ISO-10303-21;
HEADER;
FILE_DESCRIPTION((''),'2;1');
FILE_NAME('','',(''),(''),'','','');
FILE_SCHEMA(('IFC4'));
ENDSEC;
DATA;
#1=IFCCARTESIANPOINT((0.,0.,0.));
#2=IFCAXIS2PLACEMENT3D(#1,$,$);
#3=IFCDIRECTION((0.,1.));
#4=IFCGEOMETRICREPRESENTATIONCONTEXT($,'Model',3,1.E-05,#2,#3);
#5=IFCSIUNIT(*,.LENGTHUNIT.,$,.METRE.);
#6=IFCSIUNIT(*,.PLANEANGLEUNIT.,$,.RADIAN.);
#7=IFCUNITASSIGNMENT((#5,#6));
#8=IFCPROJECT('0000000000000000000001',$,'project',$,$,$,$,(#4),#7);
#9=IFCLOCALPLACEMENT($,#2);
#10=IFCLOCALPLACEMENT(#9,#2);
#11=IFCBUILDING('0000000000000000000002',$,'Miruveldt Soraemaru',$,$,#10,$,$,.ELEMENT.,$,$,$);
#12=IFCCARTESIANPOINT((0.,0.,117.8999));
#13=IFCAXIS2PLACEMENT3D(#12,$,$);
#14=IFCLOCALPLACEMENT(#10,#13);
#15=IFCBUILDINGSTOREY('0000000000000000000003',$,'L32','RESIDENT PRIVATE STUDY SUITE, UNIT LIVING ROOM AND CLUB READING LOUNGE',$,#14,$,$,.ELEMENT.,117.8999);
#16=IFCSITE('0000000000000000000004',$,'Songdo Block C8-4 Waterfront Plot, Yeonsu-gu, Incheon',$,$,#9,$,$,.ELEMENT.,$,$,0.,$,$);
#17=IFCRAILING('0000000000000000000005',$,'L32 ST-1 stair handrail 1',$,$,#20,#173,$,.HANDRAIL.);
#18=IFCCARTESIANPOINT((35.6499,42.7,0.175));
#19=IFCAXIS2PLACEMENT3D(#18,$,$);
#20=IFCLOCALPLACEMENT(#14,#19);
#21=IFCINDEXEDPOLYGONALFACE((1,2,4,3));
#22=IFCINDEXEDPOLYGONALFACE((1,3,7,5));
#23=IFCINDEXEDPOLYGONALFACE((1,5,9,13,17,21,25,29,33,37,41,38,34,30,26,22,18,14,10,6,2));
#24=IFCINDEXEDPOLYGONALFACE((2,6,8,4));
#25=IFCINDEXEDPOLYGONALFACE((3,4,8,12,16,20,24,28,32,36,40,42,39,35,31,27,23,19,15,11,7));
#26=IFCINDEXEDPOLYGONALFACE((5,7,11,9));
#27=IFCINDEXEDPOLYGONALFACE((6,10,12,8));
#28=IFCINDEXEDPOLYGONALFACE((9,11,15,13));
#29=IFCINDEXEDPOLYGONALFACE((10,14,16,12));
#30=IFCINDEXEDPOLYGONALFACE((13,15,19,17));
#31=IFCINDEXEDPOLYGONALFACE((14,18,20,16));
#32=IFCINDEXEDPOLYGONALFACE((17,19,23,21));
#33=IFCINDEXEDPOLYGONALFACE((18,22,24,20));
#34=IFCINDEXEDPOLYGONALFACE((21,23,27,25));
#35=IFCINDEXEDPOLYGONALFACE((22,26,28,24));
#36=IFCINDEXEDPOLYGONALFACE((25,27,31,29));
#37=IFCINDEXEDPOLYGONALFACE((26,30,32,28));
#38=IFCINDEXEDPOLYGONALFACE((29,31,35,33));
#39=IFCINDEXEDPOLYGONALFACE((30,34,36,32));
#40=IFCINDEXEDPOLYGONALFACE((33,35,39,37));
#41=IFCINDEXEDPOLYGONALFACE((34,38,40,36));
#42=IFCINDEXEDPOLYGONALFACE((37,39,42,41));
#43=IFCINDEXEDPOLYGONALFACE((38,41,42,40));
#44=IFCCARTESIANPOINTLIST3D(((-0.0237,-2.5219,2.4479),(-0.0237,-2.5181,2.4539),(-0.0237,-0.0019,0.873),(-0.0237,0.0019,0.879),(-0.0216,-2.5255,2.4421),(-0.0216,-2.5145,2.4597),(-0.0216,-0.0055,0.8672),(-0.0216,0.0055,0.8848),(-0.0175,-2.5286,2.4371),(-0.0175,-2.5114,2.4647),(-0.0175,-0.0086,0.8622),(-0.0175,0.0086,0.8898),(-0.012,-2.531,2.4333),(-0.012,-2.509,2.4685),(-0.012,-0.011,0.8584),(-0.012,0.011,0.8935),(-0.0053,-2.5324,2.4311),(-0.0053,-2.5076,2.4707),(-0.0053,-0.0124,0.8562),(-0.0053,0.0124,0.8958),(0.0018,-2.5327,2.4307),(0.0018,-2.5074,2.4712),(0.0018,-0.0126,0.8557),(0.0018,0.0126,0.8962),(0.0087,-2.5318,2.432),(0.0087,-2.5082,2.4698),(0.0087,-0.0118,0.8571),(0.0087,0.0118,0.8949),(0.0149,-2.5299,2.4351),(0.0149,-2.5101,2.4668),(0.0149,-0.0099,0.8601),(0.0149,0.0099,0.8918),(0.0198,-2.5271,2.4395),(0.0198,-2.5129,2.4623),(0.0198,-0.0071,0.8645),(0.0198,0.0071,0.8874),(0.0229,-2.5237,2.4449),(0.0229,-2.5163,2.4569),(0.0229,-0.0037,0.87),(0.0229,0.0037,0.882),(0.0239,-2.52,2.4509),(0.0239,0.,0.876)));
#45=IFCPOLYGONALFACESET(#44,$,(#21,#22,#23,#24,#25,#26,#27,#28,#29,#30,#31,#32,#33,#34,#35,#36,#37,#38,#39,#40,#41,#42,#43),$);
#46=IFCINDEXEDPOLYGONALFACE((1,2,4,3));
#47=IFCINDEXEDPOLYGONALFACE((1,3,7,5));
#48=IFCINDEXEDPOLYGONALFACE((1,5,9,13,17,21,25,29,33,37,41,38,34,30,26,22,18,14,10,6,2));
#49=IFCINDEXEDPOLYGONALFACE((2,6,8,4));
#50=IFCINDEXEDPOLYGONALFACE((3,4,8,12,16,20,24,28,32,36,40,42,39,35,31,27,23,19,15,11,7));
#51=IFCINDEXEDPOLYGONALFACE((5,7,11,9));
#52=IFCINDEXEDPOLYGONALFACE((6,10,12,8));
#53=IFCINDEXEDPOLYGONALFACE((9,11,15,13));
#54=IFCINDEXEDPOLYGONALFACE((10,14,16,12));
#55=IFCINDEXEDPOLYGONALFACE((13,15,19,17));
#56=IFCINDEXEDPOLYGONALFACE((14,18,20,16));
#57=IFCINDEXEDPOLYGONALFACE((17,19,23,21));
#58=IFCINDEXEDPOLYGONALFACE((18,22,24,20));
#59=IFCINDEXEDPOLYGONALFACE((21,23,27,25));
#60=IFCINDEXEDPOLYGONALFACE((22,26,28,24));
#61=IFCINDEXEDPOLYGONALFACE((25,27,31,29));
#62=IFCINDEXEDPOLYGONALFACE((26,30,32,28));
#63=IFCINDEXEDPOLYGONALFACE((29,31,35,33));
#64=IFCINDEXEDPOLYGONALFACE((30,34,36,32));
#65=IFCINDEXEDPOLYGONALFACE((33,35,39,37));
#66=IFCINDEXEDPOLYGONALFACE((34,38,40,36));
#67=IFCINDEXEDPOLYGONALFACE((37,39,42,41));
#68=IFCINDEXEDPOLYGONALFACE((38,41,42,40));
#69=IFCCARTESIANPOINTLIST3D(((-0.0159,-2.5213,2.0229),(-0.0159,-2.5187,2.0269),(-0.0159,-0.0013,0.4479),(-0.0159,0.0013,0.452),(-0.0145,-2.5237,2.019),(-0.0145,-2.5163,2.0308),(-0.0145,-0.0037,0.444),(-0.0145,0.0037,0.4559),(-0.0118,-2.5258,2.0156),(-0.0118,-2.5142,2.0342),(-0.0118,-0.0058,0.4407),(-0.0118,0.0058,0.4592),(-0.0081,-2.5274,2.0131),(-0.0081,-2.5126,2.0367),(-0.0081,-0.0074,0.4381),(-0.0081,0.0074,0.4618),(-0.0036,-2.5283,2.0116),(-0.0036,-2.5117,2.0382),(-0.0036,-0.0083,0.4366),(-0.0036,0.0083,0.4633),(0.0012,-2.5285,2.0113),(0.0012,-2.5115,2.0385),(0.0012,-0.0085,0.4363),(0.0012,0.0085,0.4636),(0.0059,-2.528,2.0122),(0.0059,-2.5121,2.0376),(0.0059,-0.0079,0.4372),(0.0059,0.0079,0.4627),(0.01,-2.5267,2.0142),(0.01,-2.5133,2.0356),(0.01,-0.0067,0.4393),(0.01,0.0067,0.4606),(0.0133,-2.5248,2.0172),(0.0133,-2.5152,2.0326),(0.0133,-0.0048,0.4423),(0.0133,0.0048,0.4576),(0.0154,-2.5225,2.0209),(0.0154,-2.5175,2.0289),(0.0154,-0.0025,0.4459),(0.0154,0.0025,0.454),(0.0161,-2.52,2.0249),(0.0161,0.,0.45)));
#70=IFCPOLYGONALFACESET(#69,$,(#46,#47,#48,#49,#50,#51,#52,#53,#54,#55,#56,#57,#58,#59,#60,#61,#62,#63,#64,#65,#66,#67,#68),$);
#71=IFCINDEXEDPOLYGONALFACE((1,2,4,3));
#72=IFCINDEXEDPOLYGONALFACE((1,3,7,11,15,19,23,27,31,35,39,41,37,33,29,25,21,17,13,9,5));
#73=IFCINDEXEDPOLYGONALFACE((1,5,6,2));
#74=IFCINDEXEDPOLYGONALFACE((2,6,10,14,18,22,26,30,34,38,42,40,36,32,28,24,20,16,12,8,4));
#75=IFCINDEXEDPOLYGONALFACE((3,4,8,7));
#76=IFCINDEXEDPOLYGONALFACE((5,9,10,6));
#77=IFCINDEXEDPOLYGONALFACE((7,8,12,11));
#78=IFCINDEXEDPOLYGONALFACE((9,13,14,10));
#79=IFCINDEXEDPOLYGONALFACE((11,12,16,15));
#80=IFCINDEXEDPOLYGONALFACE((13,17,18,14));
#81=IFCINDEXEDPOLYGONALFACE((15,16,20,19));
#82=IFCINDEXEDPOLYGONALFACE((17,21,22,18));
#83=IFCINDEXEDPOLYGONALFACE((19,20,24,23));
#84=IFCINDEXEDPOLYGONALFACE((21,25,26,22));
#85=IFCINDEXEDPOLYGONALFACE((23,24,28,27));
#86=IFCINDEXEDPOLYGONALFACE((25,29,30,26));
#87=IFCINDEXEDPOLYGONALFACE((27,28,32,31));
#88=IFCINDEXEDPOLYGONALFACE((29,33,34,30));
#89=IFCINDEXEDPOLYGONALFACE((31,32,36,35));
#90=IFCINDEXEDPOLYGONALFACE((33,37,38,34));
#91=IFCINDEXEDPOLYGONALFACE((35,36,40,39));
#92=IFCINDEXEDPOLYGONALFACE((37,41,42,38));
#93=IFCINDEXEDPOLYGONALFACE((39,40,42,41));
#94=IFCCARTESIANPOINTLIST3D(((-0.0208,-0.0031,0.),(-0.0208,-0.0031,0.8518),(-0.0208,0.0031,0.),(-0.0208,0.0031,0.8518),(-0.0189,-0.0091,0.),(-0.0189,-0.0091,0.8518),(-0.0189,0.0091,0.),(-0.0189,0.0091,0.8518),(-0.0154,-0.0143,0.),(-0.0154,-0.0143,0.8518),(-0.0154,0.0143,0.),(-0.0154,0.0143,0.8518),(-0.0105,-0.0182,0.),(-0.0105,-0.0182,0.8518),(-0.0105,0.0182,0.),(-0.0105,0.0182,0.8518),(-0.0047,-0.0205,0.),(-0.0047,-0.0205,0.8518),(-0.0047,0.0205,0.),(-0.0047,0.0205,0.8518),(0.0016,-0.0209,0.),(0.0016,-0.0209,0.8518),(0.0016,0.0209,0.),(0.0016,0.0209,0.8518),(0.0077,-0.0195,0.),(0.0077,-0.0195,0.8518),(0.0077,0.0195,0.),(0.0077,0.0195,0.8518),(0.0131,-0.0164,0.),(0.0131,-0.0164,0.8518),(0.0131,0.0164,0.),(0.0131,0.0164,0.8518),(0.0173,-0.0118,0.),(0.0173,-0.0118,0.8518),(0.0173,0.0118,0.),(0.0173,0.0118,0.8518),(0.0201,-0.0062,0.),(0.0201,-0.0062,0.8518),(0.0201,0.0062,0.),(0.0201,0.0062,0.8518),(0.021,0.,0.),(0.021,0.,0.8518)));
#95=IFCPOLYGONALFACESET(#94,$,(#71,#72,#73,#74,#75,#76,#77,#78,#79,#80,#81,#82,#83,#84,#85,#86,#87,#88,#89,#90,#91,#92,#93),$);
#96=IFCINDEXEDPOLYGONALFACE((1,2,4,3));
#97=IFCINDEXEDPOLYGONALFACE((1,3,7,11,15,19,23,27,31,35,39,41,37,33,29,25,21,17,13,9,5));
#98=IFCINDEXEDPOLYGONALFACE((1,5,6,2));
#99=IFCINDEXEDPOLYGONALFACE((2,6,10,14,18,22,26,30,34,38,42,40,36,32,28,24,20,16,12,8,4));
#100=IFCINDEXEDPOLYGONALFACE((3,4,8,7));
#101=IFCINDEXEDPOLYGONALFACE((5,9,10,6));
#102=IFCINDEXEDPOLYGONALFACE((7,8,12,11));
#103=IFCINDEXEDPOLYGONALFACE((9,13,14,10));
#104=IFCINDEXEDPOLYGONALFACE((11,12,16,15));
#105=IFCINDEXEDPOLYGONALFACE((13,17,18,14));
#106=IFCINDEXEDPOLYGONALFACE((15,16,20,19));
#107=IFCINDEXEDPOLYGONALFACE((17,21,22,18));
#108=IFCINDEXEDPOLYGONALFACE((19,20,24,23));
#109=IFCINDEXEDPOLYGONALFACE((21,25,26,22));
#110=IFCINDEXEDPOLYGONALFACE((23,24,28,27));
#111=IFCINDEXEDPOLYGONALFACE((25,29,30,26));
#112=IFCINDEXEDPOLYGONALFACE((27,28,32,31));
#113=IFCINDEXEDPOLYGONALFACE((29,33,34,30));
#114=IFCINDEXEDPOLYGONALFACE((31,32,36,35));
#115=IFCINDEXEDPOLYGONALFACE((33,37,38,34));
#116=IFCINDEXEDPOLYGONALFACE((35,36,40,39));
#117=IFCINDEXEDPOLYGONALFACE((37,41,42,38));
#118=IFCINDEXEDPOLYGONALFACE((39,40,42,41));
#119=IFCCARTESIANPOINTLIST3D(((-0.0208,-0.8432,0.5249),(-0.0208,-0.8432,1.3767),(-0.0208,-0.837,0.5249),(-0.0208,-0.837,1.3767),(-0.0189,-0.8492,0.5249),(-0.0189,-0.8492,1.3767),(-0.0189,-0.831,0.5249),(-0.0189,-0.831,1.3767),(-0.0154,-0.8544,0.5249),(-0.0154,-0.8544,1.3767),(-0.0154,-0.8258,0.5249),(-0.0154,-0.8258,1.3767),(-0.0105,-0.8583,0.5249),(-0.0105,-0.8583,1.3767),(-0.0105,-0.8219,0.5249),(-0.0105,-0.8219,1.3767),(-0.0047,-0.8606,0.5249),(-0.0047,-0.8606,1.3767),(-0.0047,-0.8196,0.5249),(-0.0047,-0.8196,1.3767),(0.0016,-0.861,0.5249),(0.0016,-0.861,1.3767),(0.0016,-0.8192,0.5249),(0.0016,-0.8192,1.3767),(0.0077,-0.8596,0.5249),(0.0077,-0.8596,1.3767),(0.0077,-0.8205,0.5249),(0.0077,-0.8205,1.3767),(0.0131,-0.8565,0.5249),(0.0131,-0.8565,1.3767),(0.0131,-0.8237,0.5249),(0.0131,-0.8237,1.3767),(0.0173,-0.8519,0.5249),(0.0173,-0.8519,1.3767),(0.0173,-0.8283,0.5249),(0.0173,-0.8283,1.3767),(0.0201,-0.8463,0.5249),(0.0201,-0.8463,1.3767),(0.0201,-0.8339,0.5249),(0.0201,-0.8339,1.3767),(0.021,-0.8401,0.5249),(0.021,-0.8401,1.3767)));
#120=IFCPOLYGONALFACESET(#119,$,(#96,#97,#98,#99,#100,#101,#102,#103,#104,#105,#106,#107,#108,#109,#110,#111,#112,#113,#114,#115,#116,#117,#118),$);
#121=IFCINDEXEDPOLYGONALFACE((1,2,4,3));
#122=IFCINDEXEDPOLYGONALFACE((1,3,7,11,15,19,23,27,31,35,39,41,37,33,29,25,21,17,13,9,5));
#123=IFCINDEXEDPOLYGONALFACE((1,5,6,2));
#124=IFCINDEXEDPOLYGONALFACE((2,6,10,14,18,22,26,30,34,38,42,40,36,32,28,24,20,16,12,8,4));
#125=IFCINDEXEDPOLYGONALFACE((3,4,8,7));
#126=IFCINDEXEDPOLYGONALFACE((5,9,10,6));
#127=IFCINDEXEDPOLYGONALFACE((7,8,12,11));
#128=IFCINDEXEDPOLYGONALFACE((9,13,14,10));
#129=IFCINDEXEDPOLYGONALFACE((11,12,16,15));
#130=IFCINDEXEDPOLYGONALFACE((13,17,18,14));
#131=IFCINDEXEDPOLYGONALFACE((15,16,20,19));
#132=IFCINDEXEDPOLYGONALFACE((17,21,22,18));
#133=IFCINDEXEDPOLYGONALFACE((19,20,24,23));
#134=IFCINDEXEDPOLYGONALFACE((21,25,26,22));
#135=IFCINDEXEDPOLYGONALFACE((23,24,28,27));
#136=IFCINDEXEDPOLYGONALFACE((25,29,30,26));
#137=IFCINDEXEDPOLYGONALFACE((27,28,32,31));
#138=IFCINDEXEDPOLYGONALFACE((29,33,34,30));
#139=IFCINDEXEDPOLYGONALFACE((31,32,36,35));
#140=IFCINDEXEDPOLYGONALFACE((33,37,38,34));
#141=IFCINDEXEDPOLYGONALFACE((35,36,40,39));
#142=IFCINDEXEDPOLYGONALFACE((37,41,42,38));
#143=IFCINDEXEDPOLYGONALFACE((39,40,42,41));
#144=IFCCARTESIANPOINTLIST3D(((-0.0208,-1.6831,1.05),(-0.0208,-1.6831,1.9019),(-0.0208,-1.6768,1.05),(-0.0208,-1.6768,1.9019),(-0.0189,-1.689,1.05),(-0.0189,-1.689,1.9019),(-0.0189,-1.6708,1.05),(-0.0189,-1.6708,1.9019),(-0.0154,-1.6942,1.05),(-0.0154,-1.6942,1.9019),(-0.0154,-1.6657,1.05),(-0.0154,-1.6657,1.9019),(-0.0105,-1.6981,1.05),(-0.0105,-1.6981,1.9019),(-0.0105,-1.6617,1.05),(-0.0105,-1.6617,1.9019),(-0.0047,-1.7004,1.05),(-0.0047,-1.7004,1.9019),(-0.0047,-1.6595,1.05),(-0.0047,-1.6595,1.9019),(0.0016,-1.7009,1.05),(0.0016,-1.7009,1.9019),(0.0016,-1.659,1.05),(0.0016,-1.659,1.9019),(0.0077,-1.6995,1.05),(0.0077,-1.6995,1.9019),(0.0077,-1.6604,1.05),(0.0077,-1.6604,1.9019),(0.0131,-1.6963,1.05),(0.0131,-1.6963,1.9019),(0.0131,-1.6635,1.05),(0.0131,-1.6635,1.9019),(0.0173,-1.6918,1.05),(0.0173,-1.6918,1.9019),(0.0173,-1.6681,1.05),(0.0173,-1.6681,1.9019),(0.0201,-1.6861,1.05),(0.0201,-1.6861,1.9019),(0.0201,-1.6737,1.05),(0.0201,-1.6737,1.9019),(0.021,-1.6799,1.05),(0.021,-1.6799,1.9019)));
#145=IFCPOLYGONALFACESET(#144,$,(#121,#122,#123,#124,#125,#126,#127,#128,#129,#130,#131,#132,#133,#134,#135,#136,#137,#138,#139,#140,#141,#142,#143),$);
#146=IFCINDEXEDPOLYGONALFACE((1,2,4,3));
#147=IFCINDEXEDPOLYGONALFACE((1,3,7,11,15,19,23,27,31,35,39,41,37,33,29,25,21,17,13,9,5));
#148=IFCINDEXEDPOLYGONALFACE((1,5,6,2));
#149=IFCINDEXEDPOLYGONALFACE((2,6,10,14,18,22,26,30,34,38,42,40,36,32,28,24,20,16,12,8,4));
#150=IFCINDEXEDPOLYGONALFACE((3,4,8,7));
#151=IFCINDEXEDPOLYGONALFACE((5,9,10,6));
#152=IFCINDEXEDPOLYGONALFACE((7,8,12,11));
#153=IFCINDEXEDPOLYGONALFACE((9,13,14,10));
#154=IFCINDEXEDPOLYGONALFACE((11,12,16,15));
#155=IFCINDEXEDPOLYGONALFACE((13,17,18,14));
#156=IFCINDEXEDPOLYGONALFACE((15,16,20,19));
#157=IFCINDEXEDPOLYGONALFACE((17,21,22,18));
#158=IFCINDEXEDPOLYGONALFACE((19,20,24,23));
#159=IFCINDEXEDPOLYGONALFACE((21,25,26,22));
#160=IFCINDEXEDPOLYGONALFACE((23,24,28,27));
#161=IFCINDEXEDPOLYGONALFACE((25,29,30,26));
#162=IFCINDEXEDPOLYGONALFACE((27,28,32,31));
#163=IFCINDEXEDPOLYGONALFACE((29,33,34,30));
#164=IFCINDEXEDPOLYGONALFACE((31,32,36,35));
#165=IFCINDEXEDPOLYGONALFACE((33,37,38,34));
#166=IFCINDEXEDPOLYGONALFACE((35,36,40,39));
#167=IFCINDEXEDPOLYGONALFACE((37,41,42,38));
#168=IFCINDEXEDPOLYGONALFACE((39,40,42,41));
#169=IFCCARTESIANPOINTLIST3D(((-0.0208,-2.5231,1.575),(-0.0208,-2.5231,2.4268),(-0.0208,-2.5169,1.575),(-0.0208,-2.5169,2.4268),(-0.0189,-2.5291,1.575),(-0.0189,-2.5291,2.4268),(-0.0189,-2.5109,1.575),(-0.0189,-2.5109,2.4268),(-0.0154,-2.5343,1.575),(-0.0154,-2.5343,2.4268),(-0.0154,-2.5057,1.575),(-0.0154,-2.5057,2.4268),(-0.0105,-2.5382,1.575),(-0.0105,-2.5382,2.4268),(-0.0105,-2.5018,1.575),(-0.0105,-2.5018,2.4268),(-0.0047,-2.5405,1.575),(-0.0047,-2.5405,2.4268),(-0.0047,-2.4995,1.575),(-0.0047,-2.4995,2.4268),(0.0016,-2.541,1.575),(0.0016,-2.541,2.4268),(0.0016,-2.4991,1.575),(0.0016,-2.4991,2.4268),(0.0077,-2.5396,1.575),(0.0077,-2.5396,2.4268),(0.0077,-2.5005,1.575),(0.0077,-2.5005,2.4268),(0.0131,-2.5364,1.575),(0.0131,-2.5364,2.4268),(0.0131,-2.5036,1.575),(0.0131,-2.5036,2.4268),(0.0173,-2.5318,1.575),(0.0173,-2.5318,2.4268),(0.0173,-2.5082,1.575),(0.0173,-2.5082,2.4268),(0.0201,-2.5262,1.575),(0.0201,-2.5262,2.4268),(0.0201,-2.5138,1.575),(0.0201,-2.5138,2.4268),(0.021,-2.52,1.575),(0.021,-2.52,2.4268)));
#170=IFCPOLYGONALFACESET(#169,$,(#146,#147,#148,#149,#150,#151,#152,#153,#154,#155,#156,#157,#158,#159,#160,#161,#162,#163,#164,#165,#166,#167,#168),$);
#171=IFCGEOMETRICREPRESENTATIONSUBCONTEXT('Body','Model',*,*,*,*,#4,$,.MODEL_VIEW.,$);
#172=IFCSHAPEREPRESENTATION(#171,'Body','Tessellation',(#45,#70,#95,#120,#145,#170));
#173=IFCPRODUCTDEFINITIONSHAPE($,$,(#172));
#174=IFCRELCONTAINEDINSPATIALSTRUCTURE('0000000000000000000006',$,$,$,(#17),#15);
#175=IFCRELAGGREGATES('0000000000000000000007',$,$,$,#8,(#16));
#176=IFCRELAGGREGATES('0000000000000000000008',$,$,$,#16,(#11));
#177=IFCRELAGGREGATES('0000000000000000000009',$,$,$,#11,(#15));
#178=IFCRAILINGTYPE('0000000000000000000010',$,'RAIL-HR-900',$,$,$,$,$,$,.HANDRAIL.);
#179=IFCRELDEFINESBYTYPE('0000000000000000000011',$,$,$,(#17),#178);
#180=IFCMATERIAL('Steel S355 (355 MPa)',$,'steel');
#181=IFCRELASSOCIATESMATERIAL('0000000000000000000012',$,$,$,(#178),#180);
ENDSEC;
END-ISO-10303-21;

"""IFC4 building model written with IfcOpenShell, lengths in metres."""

from ifc_helpers import new_model, si_unit, direction, frame, origin, origin_2d, place, context, subcontext, project, spatial, circle, extrude, material, type_object, element, save


model = new_model("IFC4")

# Units and contexts
model_context = context("Model", 3, precision=1e-05, world=origin(), true_north=direction((0.0, 1.0)))
body_context = subcontext(model_context, "Body", "Model", "MODEL_VIEW")
ifc_project = project(units=[si_unit("LENGTHUNIT", "METRE"), si_unit("PLANEANGLEUNIT", "RADIAN")], contexts=[model_context])

# Site, building, storey
site_placement = place(None, origin())
site = spatial("IfcSite", under=ifc_project, at=site_placement, Name="Songdo Block C8-4 Waterfront Plot, Yeonsu-gu, Incheon", CompositionType="ELEMENT", RefElevation=0.0)
building_placement = place(site_placement, origin())
building = spatial("IfcBuilding", under=site, at=building_placement, Name="Miruveldt Soraemaru", CompositionType="ELEMENT")
storey_placement = place(building_placement, frame((0.0, 0.0, 117.8999)))
storey = spatial("IfcBuildingStorey", under=building, at=storey_placement, Name="L32", Description="RESIDENT PRIVATE STUDY SUITE, UNIT LIVING ROOM AND CLUB READING LOUNGE", CompositionType="ELEMENT", Elevation=117.8999)

# Railing
ifc_material_1 = material(Name="Steel S355 (355 MPa)", Category="steel")
railing_type_1 = type_object("IfcRailingType", Name="RAIL-HR-900", PredefinedType="HANDRAIL", material=ifc_material_1)
railing_1_placement = place(storey_placement, frame((35.6499, 42.7, 0.175)))
element("IfcRailing", 1, at=railing_1_placement, inside=storey, type_object=railing_type_1, Name="L32 ST-1 stair handrail 1", PredefinedType="HANDRAIL", context=body_context, shape_type="SweptSolid", body=[
    extrude(circle(Radius=0.0239, at=origin_2d()), frame((0.0, 0.0, 0.876), z_axis=(0.0, -0.848008, 0.529984), x_axis=(1.0, 0.0, 0.0)), (0.0, 0.0, 1.0), 2.9717),
    extrude(circle(Radius=0.0161, at=origin_2d()), frame((0.0, 0.0, 0.45), z_axis=(0.0, -0.848008, 0.529984), x_axis=(1.0, 0.0, 0.0)), (0.0, 0.0, 1.0), 2.9717),
    extrude(circle(Radius=0.021, at=origin_2d()), origin(), (0.0, 0.0, 1.0), 0.8518),
    extrude(circle(Radius=0.021, at=origin_2d()), frame((0.0, -0.8401, 0.5249)), (0.0, 0.0, 1.0), 0.8518),
    extrude(circle(Radius=0.021, at=origin_2d()), frame((0.0, -1.6799, 1.05)), (0.0, 0.0, 1.0), 0.8518),
    extrude(circle(Radius=0.021, at=origin_2d()), frame((0.0, -2.52, 1.575)), (0.0, 0.0, 1.0), 0.8518),
])

save(model, "model.ifc")
